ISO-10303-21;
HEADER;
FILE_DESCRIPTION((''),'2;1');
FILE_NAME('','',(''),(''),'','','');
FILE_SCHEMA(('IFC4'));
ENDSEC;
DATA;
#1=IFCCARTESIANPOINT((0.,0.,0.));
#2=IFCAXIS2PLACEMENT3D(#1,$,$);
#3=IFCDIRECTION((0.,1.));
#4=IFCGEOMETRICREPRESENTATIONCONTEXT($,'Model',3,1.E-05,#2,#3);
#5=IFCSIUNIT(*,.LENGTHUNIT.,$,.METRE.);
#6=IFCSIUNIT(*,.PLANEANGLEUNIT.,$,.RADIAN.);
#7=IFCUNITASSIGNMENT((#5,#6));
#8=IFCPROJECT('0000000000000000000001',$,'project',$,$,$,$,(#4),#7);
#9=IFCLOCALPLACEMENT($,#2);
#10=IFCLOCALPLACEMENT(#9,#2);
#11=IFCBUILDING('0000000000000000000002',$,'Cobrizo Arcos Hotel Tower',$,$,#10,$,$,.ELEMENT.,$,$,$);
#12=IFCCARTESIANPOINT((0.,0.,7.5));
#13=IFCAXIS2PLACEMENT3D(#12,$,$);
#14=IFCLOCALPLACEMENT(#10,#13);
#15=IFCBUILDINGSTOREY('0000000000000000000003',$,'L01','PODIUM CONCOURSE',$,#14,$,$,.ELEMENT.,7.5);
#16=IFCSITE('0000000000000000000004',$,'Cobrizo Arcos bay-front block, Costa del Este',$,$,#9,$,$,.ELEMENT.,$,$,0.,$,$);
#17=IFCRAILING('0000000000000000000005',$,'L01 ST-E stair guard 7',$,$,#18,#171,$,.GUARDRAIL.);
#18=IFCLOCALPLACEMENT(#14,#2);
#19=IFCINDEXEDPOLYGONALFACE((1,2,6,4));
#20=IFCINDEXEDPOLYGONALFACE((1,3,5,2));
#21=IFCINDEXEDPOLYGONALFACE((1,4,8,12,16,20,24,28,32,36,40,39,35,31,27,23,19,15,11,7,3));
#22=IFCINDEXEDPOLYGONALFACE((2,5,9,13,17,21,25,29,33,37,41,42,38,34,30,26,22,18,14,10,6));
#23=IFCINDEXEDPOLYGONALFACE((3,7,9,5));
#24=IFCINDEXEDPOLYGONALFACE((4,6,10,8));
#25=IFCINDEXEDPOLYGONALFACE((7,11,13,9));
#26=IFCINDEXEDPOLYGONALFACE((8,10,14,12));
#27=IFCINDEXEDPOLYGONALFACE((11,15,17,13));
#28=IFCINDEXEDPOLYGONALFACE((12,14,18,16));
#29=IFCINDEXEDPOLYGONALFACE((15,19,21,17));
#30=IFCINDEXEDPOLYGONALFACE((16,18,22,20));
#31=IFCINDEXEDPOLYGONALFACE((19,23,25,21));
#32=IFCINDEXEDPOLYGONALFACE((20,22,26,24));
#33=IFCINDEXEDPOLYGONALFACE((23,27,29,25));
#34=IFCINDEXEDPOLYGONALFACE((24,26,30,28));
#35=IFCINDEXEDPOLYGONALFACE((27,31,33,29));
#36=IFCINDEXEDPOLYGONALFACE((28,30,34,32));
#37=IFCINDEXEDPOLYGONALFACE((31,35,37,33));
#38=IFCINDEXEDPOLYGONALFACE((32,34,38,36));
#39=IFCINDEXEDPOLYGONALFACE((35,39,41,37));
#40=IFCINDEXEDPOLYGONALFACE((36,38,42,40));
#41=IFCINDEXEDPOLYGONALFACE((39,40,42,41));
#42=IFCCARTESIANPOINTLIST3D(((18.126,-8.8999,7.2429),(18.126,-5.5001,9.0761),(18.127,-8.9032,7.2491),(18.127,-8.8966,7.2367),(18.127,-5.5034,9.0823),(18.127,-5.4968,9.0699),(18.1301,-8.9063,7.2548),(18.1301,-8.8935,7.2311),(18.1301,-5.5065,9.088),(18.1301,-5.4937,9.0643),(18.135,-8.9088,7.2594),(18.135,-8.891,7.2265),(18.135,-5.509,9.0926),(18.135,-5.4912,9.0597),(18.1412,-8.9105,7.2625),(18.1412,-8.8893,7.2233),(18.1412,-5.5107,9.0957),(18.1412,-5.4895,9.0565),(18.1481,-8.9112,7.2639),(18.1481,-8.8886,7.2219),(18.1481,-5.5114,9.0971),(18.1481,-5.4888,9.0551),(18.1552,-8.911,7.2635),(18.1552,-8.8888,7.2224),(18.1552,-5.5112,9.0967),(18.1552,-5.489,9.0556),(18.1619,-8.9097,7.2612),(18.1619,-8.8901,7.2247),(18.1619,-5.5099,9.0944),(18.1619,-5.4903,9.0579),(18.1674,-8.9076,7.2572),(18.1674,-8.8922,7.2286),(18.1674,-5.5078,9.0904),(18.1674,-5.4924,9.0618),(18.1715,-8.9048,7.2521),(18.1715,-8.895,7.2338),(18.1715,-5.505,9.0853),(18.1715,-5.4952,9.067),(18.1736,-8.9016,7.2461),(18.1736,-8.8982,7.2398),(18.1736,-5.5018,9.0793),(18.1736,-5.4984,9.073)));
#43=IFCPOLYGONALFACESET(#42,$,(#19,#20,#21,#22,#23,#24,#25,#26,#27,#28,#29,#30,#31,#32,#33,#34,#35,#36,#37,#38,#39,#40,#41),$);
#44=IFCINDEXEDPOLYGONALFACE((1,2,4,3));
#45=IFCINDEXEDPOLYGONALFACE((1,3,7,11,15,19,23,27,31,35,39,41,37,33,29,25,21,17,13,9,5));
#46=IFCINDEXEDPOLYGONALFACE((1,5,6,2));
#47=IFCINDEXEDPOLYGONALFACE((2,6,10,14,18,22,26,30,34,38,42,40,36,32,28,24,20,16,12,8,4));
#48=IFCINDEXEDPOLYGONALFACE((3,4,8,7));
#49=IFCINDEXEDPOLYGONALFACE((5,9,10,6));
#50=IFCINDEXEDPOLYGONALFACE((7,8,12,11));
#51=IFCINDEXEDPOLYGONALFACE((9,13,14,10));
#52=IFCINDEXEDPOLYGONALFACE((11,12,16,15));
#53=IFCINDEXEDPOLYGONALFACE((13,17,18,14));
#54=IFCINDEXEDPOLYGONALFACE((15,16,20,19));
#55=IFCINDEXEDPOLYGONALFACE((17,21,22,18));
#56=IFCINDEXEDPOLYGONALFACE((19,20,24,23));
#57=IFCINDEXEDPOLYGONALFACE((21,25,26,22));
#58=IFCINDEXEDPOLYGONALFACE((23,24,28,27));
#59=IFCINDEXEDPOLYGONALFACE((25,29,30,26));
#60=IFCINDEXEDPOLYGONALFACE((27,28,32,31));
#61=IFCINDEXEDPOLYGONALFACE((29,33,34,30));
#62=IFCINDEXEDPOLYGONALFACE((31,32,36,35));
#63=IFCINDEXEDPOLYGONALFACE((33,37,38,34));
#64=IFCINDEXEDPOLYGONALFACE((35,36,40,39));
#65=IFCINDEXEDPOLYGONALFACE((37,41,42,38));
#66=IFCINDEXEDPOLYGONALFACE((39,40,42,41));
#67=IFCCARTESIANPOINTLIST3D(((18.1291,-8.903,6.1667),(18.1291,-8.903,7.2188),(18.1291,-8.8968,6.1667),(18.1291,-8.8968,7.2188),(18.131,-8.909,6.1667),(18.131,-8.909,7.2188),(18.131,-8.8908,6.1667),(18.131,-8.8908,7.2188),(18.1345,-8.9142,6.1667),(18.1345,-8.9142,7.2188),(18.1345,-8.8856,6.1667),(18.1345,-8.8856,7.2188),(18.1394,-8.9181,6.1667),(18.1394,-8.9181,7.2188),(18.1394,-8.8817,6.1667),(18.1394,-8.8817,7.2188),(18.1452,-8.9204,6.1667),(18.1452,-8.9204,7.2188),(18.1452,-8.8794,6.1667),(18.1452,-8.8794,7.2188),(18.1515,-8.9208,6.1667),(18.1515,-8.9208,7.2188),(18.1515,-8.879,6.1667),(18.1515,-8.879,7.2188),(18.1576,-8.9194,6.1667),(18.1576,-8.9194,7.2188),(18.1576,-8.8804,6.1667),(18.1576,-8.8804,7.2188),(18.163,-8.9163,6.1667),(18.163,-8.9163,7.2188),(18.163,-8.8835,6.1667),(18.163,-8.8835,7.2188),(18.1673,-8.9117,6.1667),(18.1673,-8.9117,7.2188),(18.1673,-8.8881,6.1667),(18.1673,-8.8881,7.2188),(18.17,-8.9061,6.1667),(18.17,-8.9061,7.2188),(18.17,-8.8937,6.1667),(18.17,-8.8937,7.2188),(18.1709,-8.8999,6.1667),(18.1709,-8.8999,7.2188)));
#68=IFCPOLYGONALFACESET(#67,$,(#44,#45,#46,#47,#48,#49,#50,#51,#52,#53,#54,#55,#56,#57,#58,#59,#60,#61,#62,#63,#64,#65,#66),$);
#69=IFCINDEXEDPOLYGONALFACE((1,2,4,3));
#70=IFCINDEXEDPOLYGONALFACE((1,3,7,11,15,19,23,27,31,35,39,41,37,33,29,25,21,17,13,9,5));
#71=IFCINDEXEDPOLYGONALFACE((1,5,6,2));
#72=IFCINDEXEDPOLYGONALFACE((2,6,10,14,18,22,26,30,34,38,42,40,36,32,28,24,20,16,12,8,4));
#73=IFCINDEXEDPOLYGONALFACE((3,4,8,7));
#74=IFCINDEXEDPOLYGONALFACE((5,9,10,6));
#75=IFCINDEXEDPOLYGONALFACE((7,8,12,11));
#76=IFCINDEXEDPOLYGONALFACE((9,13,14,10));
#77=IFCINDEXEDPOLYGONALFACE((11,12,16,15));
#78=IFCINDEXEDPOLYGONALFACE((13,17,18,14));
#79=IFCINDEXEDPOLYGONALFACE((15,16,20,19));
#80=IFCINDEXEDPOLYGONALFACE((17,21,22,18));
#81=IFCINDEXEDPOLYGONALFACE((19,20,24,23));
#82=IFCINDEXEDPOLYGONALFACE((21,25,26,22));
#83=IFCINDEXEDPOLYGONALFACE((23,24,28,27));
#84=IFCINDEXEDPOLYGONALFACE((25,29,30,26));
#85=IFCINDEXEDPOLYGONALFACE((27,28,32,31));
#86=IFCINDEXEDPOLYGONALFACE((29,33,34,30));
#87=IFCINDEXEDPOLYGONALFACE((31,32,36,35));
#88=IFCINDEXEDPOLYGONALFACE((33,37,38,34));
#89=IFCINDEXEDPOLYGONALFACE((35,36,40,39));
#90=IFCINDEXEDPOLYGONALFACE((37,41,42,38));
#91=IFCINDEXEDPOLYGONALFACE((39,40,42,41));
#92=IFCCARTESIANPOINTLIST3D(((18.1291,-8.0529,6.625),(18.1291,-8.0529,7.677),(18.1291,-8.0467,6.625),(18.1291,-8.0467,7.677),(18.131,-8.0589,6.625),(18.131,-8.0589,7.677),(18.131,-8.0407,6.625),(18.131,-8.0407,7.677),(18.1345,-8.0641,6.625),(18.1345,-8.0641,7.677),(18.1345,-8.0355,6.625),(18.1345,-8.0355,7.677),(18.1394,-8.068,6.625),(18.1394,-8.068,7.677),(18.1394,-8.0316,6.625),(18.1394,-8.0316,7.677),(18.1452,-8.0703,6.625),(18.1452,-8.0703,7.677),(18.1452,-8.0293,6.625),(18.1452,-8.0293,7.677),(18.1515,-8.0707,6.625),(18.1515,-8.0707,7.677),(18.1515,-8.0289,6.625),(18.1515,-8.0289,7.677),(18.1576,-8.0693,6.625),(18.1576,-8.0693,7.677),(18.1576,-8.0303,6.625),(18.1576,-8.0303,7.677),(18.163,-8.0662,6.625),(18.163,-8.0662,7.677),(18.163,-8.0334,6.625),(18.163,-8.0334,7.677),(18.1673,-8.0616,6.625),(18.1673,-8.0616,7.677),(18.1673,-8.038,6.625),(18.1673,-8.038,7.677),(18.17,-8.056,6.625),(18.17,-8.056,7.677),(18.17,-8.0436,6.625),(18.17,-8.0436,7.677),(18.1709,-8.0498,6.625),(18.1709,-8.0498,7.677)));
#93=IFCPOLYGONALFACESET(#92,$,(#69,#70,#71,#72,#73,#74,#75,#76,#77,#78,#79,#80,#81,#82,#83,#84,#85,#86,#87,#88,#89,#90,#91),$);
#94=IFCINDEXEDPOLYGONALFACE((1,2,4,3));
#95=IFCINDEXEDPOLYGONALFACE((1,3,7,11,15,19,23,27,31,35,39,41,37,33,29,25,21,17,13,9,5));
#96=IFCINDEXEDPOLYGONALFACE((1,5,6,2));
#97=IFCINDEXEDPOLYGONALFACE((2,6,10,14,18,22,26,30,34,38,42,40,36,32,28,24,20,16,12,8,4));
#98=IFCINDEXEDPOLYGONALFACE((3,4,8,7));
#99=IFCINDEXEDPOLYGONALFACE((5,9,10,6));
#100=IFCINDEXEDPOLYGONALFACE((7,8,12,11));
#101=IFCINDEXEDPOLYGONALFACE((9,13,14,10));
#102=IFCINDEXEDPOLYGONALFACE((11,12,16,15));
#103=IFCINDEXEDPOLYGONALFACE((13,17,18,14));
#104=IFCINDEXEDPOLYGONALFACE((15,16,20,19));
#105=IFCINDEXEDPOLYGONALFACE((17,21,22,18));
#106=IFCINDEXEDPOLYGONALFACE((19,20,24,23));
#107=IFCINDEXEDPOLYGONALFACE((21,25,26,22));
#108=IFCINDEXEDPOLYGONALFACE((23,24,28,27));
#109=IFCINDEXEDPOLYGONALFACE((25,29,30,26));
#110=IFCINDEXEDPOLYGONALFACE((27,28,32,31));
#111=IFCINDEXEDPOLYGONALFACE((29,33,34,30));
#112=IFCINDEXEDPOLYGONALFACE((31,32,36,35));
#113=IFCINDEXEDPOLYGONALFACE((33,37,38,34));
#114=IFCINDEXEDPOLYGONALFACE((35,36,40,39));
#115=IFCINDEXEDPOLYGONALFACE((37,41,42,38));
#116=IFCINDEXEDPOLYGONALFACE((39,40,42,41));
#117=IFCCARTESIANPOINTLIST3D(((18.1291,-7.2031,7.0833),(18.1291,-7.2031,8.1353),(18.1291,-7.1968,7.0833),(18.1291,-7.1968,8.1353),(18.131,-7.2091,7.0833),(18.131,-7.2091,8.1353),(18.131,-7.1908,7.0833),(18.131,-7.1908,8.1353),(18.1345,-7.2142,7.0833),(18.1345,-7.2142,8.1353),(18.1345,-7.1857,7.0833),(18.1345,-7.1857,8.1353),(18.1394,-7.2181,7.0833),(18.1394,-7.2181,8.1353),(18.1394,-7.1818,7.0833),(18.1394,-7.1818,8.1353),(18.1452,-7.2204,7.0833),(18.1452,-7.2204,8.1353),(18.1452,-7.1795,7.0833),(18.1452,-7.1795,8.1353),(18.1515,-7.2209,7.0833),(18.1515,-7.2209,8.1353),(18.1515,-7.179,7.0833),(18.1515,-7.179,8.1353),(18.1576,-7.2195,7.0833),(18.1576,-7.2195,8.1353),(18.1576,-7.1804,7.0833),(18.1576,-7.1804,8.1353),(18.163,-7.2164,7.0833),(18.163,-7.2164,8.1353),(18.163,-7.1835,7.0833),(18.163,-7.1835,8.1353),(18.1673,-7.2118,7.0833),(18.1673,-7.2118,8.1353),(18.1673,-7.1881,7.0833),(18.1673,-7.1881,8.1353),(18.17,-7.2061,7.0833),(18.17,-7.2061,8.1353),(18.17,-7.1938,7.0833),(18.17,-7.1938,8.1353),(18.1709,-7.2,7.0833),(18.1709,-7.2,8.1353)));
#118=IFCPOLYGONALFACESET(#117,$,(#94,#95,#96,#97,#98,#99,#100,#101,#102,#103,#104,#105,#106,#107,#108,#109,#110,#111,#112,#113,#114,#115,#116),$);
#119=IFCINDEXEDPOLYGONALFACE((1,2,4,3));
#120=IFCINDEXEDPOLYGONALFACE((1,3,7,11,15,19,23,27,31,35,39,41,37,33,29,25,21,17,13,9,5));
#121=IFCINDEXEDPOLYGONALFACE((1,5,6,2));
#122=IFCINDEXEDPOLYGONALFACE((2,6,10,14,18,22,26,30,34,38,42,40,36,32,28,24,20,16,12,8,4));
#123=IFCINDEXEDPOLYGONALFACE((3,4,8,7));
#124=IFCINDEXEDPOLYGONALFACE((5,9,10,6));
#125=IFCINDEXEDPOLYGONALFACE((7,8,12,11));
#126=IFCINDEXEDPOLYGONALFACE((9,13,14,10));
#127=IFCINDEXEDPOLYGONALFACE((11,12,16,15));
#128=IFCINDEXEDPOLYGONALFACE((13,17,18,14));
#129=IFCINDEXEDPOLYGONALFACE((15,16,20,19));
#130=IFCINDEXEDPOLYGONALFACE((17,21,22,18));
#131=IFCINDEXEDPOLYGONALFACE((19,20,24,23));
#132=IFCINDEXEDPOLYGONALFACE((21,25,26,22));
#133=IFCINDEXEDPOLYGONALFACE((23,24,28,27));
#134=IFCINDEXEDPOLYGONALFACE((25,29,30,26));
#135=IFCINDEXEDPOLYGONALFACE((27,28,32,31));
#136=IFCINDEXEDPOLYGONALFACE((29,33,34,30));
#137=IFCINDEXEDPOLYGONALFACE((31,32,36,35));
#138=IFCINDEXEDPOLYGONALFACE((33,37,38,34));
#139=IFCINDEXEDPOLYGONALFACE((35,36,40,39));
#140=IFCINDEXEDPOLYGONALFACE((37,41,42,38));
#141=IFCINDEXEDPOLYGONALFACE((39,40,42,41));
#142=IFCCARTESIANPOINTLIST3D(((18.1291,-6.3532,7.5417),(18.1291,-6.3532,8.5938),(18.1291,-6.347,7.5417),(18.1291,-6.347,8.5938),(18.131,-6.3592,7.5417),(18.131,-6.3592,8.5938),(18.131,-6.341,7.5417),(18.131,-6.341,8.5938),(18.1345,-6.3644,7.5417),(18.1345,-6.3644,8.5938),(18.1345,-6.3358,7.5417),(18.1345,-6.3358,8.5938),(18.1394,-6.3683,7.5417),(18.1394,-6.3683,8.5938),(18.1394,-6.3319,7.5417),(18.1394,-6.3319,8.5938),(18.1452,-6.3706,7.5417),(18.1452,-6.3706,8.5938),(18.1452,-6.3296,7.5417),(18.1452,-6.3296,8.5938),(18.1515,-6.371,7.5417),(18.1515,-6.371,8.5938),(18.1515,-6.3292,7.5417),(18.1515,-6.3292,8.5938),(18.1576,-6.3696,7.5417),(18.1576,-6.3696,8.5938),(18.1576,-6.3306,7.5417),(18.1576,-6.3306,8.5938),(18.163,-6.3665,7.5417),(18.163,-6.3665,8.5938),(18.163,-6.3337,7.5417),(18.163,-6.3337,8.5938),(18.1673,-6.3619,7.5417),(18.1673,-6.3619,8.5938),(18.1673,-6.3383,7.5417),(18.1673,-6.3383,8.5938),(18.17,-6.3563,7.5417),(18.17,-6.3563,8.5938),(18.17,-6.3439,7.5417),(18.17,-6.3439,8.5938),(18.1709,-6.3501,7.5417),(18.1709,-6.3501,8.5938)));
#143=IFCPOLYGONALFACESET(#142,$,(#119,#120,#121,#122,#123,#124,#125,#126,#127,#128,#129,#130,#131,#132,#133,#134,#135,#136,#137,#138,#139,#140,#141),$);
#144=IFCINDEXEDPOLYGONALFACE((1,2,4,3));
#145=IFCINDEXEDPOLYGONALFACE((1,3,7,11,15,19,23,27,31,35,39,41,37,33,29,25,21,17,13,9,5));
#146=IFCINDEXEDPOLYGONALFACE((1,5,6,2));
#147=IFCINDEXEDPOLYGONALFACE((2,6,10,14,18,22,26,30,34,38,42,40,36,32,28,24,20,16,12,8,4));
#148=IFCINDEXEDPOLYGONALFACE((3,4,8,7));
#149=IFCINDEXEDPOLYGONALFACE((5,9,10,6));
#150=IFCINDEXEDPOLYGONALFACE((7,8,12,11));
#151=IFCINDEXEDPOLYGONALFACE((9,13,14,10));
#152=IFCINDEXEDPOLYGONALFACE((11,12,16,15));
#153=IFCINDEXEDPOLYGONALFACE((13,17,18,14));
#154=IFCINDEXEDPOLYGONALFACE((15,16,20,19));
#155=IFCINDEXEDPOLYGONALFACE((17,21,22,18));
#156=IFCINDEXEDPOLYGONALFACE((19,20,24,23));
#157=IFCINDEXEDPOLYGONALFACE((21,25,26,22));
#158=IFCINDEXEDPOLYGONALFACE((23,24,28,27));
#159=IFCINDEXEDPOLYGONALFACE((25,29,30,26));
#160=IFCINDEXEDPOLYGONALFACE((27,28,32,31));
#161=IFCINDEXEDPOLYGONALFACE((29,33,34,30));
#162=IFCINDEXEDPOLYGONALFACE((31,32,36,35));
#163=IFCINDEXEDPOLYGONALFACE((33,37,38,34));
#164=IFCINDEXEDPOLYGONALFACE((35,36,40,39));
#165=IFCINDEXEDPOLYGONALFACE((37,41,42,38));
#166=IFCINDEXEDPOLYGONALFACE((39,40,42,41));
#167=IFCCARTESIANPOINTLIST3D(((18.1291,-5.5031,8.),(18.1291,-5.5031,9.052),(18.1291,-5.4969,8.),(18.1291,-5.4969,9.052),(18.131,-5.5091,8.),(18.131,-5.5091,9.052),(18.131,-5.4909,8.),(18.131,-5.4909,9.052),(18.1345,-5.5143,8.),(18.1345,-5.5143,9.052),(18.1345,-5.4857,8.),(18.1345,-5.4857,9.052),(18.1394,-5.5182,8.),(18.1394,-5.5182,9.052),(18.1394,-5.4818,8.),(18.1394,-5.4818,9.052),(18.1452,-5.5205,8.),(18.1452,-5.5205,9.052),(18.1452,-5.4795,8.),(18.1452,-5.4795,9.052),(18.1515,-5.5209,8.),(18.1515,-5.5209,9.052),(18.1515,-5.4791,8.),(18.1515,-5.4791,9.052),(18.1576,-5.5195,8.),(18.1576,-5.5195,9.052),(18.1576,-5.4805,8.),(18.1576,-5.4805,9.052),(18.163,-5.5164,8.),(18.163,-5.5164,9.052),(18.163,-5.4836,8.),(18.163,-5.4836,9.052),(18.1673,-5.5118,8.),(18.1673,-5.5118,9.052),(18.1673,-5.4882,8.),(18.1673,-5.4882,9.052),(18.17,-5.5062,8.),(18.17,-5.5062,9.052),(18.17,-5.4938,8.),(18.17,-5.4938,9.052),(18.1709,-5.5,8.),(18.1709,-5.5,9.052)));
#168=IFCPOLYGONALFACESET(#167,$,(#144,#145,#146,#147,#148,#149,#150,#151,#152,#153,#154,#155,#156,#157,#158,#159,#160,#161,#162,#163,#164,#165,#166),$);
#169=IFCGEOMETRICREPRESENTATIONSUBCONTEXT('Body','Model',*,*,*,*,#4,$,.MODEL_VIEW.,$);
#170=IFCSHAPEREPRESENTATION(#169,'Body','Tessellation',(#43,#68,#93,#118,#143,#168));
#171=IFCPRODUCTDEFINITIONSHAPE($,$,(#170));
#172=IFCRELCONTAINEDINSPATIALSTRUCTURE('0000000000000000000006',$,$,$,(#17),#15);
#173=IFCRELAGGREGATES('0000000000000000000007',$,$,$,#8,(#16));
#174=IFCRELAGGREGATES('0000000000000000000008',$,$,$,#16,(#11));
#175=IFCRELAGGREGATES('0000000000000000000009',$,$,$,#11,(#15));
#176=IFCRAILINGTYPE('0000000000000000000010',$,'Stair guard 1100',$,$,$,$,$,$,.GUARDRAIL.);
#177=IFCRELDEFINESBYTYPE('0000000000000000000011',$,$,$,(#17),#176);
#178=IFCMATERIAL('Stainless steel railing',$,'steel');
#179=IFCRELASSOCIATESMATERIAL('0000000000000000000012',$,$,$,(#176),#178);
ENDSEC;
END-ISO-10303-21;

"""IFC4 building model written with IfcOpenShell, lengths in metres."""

from ifc_helpers import new_model, si_unit, direction, frame, origin, origin_2d, place, context, subcontext, project, spatial, circle, extrude, material, type_object, element, save


model = new_model("IFC4")

# Units and contexts
model_context = context("Model", 3, precision=1e-05, world=origin(), true_north=direction((0.0, 1.0)))
body_context = subcontext(model_context, "Body", "Model", "MODEL_VIEW")
ifc_project = project(units=[si_unit("LENGTHUNIT", "METRE"), si_unit("PLANEANGLEUNIT", "RADIAN")], contexts=[model_context])

# Site, building, storey
site_placement = place(None, origin())
site = spatial("IfcSite", under=ifc_project, at=site_placement, Name="Cobrizo Arcos bay-front block, Costa del Este", CompositionType="ELEMENT", RefElevation=0.0)
building_placement = place(site_placement, origin())
building = spatial("IfcBuilding", under=site, at=building_placement, Name="Cobrizo Arcos Hotel Tower", CompositionType="ELEMENT")
storey_placement = place(building_placement, frame((0.0, 0.0, 7.5)))
storey = spatial("IfcBuildingStorey", under=building, at=storey_placement, Name="L01", Description="PODIUM CONCOURSE", CompositionType="ELEMENT", Elevation=7.5)

# Railing
ifc_material_1 = material(Name="Stainless steel railing", Category="steel")
railing_type_1 = type_object("IfcRailingType", Name="Stair guard 1100", PredefinedType="GUARDRAIL", material=ifc_material_1)
railing_1_placement = place(storey_placement, frame((18.1499, -8.8999, 6.1667)))
element("IfcRailing", 1, at=railing_1_placement, inside=storey, type_object=railing_type_1, Name="L01 ST-E stair guard 7", PredefinedType="GUARDRAIL", context=body_context, shape_type="SweptSolid", body=[
    extrude(circle(Radius=0.0239, at=origin_2d()), frame((0.0, 0.0, 1.0762), z_axis=(0.0, 0.880197, 0.474609), x_axis=(-1.0, 0.0, 0.0)), (0.0, 0.0, 1.0), 3.8625),
    extrude(circle(Radius=0.021, at=origin_2d()), origin(), (0.0, 0.0, 1.0), 1.052),
    extrude(circle(Radius=0.021, at=origin_2d()), frame((0.0, 0.8501, 0.4583)), (0.0, 0.0, 1.0), 1.052),
    extrude(circle(Radius=0.021, at=origin_2d()), frame((0.0, 1.7, 0.9165)), (0.0, 0.0, 1.0), 1.052),
    extrude(circle(Radius=0.021, at=origin_2d()), frame((0.0, 2.5498, 1.375)), (0.0, 0.0, 1.0), 1.052),
    extrude(circle(Radius=0.021, at=origin_2d()), frame((0.0, 3.3999, 1.8333)), (0.0, 0.0, 1.0), 1.052),
])

save(model, "model.ifc")
